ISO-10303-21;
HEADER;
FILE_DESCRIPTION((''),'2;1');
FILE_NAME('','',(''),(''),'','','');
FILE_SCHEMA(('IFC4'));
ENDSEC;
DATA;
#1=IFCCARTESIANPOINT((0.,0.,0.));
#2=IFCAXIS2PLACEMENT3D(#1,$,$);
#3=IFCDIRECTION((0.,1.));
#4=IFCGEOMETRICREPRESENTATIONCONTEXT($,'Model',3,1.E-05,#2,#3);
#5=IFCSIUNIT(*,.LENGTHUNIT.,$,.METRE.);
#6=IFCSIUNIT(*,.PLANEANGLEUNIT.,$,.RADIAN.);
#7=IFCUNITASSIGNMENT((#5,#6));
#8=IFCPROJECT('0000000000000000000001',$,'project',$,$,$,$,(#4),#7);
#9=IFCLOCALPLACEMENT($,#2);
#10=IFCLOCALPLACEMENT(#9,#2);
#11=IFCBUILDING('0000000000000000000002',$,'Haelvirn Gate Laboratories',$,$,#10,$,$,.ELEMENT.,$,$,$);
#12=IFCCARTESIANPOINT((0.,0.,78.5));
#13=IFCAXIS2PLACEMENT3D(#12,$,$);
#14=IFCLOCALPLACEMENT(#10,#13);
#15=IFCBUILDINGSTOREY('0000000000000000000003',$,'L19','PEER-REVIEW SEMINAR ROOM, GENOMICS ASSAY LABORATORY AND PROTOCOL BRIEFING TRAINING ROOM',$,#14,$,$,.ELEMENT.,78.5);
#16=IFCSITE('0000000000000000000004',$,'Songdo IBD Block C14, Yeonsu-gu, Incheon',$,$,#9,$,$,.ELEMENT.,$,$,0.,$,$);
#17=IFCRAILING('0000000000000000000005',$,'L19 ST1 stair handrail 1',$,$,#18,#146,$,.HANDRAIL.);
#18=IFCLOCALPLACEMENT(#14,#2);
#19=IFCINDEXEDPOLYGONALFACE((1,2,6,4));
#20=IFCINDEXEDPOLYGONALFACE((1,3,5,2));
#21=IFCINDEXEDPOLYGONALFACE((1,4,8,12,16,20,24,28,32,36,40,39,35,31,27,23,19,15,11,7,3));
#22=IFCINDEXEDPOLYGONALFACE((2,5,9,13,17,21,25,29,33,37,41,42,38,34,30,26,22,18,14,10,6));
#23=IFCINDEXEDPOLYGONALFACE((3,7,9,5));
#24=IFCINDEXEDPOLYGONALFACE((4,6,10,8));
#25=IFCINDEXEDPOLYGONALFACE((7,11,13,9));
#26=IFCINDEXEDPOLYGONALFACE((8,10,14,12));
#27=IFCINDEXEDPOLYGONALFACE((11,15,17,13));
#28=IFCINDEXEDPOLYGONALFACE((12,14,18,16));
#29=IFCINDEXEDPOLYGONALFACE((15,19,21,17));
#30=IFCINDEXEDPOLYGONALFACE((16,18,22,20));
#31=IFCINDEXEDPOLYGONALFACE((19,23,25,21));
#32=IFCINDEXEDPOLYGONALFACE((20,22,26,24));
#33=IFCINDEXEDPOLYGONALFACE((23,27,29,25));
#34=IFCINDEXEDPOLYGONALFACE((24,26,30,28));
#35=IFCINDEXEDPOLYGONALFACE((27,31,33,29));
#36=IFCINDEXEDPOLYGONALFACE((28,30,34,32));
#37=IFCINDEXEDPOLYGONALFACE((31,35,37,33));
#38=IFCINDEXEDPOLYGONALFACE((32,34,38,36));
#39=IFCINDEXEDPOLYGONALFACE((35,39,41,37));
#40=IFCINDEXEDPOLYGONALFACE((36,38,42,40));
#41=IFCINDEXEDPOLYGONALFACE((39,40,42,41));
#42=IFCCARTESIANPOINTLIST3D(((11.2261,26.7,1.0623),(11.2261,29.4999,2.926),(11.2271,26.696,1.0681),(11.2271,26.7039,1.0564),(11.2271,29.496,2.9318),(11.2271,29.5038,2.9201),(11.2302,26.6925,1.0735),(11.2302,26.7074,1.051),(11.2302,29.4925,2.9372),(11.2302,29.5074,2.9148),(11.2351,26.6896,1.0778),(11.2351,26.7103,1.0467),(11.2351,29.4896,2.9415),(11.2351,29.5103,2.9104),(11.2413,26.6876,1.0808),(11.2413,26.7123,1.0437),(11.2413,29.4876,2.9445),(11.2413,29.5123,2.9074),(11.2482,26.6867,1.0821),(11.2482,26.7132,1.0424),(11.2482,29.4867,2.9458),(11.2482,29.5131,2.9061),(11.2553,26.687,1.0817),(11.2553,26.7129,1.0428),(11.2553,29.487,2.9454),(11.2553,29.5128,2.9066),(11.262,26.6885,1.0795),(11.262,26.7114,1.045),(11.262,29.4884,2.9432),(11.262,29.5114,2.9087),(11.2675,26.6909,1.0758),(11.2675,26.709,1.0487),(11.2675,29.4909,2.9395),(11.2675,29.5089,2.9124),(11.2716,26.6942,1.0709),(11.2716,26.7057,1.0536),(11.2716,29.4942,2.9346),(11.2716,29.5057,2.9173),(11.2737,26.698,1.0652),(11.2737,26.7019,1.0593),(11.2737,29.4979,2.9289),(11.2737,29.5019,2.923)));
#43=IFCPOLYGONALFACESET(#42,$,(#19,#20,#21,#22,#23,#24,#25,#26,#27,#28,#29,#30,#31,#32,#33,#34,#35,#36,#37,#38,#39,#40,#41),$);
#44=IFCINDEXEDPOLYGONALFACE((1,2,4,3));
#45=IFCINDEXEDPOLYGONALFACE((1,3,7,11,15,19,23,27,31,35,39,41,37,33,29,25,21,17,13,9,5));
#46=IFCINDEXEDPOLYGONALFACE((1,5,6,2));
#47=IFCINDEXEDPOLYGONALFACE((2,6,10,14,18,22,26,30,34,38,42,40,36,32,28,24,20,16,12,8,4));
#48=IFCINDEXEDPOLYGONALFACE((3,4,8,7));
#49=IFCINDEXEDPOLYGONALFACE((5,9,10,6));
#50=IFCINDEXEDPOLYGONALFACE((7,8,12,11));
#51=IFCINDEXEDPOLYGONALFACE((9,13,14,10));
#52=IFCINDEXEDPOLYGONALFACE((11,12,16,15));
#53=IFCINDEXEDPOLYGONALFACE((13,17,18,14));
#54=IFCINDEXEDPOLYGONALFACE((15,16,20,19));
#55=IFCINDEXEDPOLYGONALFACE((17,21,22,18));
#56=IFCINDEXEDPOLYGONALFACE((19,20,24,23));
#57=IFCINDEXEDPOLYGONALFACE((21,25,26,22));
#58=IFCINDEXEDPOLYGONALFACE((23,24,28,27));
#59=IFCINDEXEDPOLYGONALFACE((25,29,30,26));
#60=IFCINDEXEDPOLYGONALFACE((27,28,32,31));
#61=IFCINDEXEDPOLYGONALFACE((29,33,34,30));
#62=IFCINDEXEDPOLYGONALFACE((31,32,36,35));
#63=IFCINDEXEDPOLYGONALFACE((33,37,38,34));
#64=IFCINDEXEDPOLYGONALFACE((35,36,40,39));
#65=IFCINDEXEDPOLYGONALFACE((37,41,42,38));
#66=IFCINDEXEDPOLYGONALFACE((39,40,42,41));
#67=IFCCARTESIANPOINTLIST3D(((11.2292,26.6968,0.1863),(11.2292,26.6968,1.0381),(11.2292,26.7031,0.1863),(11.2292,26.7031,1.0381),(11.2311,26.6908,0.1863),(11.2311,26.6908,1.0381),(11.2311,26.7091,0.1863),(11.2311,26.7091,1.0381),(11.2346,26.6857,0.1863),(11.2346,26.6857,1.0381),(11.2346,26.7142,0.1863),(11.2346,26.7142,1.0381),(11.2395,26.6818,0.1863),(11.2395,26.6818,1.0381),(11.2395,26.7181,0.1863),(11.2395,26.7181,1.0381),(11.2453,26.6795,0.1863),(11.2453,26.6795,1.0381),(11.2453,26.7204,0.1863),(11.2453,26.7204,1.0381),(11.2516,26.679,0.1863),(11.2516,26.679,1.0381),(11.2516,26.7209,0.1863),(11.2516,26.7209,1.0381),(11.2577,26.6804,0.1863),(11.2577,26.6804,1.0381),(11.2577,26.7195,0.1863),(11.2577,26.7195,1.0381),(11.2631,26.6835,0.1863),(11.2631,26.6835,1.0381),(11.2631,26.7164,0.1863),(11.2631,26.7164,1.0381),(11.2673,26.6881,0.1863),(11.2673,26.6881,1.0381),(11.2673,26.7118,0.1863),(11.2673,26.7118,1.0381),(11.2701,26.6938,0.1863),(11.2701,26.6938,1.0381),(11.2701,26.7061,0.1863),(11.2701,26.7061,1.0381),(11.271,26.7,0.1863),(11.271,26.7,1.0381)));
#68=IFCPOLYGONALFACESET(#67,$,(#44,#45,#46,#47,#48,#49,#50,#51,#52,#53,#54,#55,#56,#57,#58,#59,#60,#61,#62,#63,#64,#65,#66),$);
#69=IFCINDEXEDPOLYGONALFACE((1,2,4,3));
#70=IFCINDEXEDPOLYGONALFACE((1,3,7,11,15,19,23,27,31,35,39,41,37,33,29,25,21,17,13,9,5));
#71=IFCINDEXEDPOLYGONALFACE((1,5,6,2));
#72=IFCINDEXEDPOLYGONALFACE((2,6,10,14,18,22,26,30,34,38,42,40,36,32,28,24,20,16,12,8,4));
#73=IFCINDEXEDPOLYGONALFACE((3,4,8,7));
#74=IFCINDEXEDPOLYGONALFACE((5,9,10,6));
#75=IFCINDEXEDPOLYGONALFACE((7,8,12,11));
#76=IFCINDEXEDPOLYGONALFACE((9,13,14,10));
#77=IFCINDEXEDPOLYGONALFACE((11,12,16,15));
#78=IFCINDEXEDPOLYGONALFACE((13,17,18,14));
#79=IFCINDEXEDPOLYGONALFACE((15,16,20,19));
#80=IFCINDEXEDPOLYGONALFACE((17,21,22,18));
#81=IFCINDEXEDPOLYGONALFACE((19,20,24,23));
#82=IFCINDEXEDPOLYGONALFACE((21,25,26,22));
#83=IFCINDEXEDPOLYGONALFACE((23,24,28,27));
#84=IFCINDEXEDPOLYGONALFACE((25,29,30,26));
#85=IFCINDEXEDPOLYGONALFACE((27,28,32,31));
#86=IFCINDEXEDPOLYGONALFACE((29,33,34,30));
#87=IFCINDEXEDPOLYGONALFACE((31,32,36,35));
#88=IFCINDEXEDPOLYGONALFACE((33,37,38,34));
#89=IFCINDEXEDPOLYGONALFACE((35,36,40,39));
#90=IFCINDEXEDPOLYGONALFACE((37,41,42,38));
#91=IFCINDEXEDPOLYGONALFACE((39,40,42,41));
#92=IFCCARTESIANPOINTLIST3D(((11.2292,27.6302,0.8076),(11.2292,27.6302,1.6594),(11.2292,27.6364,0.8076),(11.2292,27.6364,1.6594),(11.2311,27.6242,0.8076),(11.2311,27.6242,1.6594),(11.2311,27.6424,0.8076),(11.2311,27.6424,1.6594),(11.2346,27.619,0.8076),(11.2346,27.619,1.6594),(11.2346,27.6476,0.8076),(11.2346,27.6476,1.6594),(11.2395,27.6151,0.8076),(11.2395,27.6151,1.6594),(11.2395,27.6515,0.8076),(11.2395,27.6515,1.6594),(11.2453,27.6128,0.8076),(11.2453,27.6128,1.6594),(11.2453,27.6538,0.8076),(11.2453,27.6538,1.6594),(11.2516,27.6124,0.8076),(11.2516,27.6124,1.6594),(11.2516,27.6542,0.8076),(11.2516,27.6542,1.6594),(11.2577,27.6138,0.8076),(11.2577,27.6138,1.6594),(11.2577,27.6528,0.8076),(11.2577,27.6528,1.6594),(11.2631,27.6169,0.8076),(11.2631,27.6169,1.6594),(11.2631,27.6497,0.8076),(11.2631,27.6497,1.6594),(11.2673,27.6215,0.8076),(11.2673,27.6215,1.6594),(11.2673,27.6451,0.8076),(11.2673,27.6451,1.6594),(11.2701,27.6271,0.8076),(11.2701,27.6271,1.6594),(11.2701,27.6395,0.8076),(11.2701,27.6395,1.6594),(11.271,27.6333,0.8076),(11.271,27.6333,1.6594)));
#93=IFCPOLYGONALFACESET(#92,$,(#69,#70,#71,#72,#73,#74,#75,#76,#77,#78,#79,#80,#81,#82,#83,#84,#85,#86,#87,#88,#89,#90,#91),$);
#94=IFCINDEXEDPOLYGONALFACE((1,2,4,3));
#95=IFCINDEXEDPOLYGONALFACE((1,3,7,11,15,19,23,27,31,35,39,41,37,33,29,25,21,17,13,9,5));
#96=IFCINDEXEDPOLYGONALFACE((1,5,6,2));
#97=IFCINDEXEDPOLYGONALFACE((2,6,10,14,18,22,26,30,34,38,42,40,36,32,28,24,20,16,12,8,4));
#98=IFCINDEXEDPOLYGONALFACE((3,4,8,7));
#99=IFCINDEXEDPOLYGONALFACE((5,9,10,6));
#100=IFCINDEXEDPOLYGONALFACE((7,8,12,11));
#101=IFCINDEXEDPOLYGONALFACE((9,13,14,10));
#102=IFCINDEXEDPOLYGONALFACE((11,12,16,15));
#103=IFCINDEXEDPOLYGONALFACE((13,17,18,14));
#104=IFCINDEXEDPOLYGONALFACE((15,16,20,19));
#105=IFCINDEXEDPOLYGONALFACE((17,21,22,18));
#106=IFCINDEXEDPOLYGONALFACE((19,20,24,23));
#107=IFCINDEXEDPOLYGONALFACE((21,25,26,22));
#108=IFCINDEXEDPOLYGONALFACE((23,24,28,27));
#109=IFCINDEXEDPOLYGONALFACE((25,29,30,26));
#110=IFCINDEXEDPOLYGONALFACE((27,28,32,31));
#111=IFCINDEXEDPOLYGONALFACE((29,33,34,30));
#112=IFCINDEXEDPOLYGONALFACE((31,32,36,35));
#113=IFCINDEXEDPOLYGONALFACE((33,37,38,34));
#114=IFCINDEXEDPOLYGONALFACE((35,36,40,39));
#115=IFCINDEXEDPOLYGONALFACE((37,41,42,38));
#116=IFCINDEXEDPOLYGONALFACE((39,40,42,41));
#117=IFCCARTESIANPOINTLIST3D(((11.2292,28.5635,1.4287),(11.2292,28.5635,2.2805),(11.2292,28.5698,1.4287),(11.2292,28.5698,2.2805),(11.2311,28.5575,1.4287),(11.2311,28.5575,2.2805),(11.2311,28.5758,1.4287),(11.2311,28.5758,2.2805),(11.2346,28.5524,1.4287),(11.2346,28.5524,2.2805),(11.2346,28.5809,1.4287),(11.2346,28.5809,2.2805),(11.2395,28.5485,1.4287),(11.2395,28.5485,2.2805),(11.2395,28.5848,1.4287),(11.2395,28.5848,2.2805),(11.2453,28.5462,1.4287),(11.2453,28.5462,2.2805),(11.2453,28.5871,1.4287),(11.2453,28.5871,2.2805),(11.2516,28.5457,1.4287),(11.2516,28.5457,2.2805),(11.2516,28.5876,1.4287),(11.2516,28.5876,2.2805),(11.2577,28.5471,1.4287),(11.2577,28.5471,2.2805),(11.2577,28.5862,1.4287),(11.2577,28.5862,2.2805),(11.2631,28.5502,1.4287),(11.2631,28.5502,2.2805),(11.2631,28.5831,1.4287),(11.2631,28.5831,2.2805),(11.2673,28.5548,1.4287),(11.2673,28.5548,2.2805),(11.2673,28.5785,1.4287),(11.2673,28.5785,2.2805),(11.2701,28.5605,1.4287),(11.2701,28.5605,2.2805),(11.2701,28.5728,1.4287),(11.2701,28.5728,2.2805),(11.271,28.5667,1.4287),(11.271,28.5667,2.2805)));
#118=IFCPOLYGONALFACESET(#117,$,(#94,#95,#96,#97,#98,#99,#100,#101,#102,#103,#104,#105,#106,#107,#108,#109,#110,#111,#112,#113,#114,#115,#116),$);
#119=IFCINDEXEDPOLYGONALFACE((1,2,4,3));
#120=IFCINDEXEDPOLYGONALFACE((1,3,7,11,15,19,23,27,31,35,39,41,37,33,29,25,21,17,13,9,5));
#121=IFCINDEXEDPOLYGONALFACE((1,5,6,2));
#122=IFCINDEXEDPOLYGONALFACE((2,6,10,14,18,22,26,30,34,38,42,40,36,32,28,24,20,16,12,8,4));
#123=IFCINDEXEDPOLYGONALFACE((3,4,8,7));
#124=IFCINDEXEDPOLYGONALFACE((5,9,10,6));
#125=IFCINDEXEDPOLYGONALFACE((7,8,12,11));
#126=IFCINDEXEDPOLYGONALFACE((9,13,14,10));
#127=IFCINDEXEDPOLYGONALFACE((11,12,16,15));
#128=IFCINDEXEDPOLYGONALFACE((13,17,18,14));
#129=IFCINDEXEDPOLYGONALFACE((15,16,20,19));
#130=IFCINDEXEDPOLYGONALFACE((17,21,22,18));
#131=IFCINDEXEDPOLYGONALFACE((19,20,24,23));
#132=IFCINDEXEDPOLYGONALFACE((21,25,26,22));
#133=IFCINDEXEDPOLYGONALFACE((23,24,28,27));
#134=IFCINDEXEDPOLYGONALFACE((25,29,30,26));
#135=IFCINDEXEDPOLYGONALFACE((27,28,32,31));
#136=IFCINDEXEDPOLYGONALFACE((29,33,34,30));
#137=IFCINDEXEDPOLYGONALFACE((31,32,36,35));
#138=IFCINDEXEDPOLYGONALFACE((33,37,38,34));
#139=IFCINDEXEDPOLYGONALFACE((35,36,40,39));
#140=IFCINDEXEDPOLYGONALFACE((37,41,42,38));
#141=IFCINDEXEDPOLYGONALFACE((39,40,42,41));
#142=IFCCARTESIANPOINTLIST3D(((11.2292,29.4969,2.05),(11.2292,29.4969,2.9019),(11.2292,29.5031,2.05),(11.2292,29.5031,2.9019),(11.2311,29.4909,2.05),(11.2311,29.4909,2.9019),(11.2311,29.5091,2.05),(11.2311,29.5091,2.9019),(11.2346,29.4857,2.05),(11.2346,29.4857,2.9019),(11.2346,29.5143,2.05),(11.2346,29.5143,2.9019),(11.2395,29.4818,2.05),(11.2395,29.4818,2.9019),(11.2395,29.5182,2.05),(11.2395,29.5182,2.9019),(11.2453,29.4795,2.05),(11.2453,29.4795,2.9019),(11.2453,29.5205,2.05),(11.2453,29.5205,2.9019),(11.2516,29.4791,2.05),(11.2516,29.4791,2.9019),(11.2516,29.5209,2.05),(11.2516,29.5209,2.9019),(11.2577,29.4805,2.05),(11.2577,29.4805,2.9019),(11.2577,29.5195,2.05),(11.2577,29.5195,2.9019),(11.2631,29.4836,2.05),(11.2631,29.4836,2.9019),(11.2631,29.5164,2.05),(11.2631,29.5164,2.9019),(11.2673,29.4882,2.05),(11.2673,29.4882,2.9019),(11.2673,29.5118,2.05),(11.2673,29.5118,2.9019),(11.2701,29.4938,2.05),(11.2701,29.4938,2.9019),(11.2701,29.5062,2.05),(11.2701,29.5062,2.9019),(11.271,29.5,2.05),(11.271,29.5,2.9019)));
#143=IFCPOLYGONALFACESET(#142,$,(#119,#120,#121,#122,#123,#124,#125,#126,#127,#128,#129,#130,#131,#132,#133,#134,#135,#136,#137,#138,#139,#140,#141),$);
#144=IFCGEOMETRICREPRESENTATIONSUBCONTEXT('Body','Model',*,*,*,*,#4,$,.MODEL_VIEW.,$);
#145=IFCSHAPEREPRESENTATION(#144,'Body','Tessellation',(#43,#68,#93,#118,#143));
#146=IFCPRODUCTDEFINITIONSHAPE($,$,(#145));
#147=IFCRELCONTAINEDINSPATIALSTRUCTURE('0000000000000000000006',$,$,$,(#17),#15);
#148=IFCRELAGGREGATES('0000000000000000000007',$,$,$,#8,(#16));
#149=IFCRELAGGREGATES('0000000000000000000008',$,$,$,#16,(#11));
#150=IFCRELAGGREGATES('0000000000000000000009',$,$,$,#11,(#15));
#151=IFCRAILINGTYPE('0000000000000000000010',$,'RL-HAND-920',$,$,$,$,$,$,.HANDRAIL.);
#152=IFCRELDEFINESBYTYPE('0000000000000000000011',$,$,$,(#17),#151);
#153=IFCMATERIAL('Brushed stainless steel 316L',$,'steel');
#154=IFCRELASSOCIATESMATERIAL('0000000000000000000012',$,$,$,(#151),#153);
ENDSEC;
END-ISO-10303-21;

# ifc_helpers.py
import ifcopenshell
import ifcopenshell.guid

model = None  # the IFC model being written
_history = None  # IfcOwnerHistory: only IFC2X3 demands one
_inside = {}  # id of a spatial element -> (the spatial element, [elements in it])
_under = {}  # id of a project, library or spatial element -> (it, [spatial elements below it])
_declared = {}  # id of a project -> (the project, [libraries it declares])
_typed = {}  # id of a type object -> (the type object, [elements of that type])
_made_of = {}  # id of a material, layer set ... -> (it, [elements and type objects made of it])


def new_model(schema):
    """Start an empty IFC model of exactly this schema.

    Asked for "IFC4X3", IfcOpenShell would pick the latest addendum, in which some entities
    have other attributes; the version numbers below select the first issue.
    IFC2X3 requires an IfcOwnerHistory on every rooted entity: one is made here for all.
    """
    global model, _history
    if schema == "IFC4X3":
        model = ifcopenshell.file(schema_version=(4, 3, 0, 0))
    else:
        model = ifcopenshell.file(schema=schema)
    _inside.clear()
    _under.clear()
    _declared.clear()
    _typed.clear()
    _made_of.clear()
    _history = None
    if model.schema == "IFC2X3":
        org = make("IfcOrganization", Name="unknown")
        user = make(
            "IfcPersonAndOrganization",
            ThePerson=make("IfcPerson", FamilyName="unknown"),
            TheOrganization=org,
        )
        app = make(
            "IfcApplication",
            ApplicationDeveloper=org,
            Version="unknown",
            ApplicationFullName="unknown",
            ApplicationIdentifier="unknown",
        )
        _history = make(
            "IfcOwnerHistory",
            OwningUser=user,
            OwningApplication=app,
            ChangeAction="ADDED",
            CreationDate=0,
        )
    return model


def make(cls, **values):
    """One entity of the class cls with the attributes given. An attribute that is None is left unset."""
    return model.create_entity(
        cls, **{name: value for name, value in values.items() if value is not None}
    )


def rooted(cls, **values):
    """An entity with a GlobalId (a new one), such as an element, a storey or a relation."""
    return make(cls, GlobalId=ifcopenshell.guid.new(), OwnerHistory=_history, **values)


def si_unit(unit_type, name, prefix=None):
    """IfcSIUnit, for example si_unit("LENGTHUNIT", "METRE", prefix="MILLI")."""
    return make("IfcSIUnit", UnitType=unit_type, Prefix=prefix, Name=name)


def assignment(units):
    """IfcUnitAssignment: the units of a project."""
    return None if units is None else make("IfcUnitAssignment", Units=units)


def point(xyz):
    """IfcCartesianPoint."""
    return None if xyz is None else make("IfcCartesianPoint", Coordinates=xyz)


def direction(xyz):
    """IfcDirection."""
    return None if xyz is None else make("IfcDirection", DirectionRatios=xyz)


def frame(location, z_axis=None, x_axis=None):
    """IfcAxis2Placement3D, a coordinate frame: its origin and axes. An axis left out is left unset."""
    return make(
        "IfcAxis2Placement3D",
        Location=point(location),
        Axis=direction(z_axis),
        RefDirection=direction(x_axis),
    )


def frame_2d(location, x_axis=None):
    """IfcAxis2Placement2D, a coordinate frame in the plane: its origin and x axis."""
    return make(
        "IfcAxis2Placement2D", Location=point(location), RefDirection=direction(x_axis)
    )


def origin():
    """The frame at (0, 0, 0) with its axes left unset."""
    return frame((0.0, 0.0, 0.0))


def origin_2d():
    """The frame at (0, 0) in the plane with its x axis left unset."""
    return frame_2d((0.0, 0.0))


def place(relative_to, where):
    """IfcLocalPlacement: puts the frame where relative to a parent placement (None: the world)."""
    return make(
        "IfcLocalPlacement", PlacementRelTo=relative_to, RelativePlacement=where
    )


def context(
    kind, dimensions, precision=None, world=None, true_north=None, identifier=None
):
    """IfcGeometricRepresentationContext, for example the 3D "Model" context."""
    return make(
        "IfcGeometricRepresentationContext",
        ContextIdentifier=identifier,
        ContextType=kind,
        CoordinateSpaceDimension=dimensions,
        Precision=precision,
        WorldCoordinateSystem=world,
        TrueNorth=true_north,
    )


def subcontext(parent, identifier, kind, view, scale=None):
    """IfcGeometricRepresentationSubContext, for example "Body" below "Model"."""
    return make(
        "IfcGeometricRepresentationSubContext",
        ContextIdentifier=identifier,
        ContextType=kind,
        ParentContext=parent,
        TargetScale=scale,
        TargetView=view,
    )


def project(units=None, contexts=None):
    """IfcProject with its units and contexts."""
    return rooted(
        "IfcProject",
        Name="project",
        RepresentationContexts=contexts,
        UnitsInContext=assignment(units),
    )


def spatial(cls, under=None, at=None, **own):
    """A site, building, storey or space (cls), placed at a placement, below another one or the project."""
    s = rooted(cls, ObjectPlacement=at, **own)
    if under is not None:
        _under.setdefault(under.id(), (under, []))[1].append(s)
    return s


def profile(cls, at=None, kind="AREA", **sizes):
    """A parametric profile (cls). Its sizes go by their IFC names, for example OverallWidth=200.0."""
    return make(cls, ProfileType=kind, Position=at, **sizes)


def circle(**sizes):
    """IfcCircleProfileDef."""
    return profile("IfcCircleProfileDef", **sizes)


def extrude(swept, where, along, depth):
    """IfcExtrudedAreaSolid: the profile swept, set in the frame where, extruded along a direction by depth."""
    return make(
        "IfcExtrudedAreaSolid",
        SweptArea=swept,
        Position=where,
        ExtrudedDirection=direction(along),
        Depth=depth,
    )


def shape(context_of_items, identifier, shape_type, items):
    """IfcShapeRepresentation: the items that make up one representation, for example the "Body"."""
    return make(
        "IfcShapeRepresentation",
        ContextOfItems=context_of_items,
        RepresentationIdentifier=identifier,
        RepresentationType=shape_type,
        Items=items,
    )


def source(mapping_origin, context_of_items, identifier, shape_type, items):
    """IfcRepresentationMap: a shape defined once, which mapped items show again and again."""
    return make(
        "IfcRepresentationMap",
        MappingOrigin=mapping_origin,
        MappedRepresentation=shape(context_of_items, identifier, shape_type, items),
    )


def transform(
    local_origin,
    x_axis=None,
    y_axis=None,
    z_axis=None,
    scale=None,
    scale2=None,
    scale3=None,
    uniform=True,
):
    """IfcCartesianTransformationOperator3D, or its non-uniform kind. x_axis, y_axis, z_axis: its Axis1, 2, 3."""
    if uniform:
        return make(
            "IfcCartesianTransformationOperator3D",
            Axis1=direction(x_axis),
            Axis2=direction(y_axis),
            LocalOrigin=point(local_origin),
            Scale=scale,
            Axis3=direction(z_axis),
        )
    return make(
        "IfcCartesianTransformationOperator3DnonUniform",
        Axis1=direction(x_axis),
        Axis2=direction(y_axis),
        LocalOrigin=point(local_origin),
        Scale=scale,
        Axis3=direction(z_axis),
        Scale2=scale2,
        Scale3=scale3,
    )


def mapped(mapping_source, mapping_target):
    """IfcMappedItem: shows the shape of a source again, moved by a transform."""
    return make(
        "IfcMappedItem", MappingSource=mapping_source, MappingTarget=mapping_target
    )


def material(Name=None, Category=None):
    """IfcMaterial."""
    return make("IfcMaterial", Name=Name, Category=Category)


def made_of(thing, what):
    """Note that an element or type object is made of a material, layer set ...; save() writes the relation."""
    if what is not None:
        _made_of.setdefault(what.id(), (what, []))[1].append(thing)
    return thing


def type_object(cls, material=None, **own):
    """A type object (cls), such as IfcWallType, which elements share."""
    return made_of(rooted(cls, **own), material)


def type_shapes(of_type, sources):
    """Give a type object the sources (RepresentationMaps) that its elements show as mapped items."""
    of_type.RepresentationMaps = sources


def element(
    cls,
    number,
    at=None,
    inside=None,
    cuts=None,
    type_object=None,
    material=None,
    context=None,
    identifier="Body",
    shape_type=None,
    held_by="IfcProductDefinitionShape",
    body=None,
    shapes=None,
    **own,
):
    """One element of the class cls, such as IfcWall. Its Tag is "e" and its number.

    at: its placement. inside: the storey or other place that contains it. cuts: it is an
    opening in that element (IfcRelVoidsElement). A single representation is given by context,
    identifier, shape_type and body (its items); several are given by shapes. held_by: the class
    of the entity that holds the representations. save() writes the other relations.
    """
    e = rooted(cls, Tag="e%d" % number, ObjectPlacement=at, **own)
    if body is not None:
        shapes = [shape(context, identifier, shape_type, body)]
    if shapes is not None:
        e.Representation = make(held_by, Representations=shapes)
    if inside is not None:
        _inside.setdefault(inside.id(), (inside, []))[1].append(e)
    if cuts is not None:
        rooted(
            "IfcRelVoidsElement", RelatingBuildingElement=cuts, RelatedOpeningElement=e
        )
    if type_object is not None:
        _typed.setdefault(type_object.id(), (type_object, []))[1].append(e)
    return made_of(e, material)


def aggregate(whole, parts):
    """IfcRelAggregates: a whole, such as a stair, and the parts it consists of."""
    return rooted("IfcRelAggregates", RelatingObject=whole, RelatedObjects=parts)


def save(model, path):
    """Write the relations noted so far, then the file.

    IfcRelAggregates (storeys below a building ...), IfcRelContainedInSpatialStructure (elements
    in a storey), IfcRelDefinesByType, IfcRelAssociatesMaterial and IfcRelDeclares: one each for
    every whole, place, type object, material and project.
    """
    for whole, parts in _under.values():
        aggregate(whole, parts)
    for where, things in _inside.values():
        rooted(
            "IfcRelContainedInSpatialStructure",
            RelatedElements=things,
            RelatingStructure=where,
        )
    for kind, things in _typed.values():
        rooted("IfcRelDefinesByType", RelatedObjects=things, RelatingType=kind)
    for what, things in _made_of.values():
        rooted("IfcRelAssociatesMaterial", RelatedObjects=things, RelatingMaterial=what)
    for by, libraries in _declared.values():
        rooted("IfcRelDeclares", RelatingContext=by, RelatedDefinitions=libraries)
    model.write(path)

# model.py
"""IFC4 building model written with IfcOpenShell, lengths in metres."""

from ifc_helpers import new_model, si_unit, direction, frame, origin, origin_2d, place, context, subcontext, project, spatial, circle, extrude, source, transform, mapped, material, type_object, type_shapes, element, save


model = new_model("IFC4")

# Units and contexts
model_context = context("Model", 3, precision=1e-05, world=origin(), true_north=direction((0.0, 1.0)))
body_context = subcontext(model_context, "Body", "Model", "MODEL_VIEW")
ifc_project = project(units=[si_unit("LENGTHUNIT", "METRE"), si_unit("PLANEANGLEUNIT", "RADIAN")], contexts=[model_context])

# Site, building, storey
site_placement = place(None, origin())
site = spatial("IfcSite", under=ifc_project, at=site_placement, Name="Songdo IBD Block C14, Yeonsu-gu, Incheon", CompositionType="ELEMENT", RefElevation=0.0)
building_placement = place(site_placement, origin())
building = spatial("IfcBuilding", under=site, at=building_placement, Name="Haelvirn Gate Laboratories", CompositionType="ELEMENT")
storey_placement = place(building_placement, frame((0.0, 0.0, 78.5)))
storey = spatial("IfcBuildingStorey", under=building, at=storey_placement, Name="L19", Description="PEER-REVIEW SEMINAR ROOM, GENOMICS ASSAY LABORATORY AND PROTOCOL BRIEFING TRAINING ROOM", CompositionType="ELEMENT", Elevation=78.5)

# Railing
ifc_material_1 = material(Name="Brushed stainless steel 316L", Category="steel")
railing_type = type_object("IfcRailingType", Name="RL-HAND-920", PredefinedType="HANDRAIL", material=ifc_material_1)
shared_shape_1 = source(origin(), body_context, "Body", "SweptSolid", [
    extrude(circle(Radius=0.0239, at=origin_2d()), frame((0.0, 0.0, 0.876), z_axis=(0.0, 0.832452, 0.554097), x_axis=(-1.0, 0.0, 0.0)), (0.0, 0.0, 1.0), 3.3635),
    extrude(circle(Radius=0.021, at=origin_2d()), origin(), (0.0, 0.0, 1.0), 0.8518),
    extrude(circle(Radius=0.021, at=origin_2d()), frame((0.0, 0.9333, 0.6213)), (0.0, 0.0, 1.0), 0.8518),
    extrude(circle(Radius=0.021, at=origin_2d()), frame((0.0, 1.8667, 1.2424)), (0.0, 0.0, 1.0), 0.8518),
    extrude(circle(Radius=0.021, at=origin_2d()), frame((0.0, 2.8, 1.8638)), (0.0, 0.0, 1.0), 0.8518),
])
type_shapes(railing_type, [shared_shape_1])
railing_placement = place(storey_placement, frame((11.25, 26.7, 0.1863)))
element("IfcRailing", 1, at=railing_placement, inside=storey, type_object=railing_type, Name="L19 ST1 stair handrail 1", PredefinedType="HANDRAIL", context=body_context, shape_type="MappedRepresentation", body=[
    mapped(shared_shape_1, transform((0.0, 0.0, 0.0), scale=1.0)),
])

save(model, "model.ifc")
